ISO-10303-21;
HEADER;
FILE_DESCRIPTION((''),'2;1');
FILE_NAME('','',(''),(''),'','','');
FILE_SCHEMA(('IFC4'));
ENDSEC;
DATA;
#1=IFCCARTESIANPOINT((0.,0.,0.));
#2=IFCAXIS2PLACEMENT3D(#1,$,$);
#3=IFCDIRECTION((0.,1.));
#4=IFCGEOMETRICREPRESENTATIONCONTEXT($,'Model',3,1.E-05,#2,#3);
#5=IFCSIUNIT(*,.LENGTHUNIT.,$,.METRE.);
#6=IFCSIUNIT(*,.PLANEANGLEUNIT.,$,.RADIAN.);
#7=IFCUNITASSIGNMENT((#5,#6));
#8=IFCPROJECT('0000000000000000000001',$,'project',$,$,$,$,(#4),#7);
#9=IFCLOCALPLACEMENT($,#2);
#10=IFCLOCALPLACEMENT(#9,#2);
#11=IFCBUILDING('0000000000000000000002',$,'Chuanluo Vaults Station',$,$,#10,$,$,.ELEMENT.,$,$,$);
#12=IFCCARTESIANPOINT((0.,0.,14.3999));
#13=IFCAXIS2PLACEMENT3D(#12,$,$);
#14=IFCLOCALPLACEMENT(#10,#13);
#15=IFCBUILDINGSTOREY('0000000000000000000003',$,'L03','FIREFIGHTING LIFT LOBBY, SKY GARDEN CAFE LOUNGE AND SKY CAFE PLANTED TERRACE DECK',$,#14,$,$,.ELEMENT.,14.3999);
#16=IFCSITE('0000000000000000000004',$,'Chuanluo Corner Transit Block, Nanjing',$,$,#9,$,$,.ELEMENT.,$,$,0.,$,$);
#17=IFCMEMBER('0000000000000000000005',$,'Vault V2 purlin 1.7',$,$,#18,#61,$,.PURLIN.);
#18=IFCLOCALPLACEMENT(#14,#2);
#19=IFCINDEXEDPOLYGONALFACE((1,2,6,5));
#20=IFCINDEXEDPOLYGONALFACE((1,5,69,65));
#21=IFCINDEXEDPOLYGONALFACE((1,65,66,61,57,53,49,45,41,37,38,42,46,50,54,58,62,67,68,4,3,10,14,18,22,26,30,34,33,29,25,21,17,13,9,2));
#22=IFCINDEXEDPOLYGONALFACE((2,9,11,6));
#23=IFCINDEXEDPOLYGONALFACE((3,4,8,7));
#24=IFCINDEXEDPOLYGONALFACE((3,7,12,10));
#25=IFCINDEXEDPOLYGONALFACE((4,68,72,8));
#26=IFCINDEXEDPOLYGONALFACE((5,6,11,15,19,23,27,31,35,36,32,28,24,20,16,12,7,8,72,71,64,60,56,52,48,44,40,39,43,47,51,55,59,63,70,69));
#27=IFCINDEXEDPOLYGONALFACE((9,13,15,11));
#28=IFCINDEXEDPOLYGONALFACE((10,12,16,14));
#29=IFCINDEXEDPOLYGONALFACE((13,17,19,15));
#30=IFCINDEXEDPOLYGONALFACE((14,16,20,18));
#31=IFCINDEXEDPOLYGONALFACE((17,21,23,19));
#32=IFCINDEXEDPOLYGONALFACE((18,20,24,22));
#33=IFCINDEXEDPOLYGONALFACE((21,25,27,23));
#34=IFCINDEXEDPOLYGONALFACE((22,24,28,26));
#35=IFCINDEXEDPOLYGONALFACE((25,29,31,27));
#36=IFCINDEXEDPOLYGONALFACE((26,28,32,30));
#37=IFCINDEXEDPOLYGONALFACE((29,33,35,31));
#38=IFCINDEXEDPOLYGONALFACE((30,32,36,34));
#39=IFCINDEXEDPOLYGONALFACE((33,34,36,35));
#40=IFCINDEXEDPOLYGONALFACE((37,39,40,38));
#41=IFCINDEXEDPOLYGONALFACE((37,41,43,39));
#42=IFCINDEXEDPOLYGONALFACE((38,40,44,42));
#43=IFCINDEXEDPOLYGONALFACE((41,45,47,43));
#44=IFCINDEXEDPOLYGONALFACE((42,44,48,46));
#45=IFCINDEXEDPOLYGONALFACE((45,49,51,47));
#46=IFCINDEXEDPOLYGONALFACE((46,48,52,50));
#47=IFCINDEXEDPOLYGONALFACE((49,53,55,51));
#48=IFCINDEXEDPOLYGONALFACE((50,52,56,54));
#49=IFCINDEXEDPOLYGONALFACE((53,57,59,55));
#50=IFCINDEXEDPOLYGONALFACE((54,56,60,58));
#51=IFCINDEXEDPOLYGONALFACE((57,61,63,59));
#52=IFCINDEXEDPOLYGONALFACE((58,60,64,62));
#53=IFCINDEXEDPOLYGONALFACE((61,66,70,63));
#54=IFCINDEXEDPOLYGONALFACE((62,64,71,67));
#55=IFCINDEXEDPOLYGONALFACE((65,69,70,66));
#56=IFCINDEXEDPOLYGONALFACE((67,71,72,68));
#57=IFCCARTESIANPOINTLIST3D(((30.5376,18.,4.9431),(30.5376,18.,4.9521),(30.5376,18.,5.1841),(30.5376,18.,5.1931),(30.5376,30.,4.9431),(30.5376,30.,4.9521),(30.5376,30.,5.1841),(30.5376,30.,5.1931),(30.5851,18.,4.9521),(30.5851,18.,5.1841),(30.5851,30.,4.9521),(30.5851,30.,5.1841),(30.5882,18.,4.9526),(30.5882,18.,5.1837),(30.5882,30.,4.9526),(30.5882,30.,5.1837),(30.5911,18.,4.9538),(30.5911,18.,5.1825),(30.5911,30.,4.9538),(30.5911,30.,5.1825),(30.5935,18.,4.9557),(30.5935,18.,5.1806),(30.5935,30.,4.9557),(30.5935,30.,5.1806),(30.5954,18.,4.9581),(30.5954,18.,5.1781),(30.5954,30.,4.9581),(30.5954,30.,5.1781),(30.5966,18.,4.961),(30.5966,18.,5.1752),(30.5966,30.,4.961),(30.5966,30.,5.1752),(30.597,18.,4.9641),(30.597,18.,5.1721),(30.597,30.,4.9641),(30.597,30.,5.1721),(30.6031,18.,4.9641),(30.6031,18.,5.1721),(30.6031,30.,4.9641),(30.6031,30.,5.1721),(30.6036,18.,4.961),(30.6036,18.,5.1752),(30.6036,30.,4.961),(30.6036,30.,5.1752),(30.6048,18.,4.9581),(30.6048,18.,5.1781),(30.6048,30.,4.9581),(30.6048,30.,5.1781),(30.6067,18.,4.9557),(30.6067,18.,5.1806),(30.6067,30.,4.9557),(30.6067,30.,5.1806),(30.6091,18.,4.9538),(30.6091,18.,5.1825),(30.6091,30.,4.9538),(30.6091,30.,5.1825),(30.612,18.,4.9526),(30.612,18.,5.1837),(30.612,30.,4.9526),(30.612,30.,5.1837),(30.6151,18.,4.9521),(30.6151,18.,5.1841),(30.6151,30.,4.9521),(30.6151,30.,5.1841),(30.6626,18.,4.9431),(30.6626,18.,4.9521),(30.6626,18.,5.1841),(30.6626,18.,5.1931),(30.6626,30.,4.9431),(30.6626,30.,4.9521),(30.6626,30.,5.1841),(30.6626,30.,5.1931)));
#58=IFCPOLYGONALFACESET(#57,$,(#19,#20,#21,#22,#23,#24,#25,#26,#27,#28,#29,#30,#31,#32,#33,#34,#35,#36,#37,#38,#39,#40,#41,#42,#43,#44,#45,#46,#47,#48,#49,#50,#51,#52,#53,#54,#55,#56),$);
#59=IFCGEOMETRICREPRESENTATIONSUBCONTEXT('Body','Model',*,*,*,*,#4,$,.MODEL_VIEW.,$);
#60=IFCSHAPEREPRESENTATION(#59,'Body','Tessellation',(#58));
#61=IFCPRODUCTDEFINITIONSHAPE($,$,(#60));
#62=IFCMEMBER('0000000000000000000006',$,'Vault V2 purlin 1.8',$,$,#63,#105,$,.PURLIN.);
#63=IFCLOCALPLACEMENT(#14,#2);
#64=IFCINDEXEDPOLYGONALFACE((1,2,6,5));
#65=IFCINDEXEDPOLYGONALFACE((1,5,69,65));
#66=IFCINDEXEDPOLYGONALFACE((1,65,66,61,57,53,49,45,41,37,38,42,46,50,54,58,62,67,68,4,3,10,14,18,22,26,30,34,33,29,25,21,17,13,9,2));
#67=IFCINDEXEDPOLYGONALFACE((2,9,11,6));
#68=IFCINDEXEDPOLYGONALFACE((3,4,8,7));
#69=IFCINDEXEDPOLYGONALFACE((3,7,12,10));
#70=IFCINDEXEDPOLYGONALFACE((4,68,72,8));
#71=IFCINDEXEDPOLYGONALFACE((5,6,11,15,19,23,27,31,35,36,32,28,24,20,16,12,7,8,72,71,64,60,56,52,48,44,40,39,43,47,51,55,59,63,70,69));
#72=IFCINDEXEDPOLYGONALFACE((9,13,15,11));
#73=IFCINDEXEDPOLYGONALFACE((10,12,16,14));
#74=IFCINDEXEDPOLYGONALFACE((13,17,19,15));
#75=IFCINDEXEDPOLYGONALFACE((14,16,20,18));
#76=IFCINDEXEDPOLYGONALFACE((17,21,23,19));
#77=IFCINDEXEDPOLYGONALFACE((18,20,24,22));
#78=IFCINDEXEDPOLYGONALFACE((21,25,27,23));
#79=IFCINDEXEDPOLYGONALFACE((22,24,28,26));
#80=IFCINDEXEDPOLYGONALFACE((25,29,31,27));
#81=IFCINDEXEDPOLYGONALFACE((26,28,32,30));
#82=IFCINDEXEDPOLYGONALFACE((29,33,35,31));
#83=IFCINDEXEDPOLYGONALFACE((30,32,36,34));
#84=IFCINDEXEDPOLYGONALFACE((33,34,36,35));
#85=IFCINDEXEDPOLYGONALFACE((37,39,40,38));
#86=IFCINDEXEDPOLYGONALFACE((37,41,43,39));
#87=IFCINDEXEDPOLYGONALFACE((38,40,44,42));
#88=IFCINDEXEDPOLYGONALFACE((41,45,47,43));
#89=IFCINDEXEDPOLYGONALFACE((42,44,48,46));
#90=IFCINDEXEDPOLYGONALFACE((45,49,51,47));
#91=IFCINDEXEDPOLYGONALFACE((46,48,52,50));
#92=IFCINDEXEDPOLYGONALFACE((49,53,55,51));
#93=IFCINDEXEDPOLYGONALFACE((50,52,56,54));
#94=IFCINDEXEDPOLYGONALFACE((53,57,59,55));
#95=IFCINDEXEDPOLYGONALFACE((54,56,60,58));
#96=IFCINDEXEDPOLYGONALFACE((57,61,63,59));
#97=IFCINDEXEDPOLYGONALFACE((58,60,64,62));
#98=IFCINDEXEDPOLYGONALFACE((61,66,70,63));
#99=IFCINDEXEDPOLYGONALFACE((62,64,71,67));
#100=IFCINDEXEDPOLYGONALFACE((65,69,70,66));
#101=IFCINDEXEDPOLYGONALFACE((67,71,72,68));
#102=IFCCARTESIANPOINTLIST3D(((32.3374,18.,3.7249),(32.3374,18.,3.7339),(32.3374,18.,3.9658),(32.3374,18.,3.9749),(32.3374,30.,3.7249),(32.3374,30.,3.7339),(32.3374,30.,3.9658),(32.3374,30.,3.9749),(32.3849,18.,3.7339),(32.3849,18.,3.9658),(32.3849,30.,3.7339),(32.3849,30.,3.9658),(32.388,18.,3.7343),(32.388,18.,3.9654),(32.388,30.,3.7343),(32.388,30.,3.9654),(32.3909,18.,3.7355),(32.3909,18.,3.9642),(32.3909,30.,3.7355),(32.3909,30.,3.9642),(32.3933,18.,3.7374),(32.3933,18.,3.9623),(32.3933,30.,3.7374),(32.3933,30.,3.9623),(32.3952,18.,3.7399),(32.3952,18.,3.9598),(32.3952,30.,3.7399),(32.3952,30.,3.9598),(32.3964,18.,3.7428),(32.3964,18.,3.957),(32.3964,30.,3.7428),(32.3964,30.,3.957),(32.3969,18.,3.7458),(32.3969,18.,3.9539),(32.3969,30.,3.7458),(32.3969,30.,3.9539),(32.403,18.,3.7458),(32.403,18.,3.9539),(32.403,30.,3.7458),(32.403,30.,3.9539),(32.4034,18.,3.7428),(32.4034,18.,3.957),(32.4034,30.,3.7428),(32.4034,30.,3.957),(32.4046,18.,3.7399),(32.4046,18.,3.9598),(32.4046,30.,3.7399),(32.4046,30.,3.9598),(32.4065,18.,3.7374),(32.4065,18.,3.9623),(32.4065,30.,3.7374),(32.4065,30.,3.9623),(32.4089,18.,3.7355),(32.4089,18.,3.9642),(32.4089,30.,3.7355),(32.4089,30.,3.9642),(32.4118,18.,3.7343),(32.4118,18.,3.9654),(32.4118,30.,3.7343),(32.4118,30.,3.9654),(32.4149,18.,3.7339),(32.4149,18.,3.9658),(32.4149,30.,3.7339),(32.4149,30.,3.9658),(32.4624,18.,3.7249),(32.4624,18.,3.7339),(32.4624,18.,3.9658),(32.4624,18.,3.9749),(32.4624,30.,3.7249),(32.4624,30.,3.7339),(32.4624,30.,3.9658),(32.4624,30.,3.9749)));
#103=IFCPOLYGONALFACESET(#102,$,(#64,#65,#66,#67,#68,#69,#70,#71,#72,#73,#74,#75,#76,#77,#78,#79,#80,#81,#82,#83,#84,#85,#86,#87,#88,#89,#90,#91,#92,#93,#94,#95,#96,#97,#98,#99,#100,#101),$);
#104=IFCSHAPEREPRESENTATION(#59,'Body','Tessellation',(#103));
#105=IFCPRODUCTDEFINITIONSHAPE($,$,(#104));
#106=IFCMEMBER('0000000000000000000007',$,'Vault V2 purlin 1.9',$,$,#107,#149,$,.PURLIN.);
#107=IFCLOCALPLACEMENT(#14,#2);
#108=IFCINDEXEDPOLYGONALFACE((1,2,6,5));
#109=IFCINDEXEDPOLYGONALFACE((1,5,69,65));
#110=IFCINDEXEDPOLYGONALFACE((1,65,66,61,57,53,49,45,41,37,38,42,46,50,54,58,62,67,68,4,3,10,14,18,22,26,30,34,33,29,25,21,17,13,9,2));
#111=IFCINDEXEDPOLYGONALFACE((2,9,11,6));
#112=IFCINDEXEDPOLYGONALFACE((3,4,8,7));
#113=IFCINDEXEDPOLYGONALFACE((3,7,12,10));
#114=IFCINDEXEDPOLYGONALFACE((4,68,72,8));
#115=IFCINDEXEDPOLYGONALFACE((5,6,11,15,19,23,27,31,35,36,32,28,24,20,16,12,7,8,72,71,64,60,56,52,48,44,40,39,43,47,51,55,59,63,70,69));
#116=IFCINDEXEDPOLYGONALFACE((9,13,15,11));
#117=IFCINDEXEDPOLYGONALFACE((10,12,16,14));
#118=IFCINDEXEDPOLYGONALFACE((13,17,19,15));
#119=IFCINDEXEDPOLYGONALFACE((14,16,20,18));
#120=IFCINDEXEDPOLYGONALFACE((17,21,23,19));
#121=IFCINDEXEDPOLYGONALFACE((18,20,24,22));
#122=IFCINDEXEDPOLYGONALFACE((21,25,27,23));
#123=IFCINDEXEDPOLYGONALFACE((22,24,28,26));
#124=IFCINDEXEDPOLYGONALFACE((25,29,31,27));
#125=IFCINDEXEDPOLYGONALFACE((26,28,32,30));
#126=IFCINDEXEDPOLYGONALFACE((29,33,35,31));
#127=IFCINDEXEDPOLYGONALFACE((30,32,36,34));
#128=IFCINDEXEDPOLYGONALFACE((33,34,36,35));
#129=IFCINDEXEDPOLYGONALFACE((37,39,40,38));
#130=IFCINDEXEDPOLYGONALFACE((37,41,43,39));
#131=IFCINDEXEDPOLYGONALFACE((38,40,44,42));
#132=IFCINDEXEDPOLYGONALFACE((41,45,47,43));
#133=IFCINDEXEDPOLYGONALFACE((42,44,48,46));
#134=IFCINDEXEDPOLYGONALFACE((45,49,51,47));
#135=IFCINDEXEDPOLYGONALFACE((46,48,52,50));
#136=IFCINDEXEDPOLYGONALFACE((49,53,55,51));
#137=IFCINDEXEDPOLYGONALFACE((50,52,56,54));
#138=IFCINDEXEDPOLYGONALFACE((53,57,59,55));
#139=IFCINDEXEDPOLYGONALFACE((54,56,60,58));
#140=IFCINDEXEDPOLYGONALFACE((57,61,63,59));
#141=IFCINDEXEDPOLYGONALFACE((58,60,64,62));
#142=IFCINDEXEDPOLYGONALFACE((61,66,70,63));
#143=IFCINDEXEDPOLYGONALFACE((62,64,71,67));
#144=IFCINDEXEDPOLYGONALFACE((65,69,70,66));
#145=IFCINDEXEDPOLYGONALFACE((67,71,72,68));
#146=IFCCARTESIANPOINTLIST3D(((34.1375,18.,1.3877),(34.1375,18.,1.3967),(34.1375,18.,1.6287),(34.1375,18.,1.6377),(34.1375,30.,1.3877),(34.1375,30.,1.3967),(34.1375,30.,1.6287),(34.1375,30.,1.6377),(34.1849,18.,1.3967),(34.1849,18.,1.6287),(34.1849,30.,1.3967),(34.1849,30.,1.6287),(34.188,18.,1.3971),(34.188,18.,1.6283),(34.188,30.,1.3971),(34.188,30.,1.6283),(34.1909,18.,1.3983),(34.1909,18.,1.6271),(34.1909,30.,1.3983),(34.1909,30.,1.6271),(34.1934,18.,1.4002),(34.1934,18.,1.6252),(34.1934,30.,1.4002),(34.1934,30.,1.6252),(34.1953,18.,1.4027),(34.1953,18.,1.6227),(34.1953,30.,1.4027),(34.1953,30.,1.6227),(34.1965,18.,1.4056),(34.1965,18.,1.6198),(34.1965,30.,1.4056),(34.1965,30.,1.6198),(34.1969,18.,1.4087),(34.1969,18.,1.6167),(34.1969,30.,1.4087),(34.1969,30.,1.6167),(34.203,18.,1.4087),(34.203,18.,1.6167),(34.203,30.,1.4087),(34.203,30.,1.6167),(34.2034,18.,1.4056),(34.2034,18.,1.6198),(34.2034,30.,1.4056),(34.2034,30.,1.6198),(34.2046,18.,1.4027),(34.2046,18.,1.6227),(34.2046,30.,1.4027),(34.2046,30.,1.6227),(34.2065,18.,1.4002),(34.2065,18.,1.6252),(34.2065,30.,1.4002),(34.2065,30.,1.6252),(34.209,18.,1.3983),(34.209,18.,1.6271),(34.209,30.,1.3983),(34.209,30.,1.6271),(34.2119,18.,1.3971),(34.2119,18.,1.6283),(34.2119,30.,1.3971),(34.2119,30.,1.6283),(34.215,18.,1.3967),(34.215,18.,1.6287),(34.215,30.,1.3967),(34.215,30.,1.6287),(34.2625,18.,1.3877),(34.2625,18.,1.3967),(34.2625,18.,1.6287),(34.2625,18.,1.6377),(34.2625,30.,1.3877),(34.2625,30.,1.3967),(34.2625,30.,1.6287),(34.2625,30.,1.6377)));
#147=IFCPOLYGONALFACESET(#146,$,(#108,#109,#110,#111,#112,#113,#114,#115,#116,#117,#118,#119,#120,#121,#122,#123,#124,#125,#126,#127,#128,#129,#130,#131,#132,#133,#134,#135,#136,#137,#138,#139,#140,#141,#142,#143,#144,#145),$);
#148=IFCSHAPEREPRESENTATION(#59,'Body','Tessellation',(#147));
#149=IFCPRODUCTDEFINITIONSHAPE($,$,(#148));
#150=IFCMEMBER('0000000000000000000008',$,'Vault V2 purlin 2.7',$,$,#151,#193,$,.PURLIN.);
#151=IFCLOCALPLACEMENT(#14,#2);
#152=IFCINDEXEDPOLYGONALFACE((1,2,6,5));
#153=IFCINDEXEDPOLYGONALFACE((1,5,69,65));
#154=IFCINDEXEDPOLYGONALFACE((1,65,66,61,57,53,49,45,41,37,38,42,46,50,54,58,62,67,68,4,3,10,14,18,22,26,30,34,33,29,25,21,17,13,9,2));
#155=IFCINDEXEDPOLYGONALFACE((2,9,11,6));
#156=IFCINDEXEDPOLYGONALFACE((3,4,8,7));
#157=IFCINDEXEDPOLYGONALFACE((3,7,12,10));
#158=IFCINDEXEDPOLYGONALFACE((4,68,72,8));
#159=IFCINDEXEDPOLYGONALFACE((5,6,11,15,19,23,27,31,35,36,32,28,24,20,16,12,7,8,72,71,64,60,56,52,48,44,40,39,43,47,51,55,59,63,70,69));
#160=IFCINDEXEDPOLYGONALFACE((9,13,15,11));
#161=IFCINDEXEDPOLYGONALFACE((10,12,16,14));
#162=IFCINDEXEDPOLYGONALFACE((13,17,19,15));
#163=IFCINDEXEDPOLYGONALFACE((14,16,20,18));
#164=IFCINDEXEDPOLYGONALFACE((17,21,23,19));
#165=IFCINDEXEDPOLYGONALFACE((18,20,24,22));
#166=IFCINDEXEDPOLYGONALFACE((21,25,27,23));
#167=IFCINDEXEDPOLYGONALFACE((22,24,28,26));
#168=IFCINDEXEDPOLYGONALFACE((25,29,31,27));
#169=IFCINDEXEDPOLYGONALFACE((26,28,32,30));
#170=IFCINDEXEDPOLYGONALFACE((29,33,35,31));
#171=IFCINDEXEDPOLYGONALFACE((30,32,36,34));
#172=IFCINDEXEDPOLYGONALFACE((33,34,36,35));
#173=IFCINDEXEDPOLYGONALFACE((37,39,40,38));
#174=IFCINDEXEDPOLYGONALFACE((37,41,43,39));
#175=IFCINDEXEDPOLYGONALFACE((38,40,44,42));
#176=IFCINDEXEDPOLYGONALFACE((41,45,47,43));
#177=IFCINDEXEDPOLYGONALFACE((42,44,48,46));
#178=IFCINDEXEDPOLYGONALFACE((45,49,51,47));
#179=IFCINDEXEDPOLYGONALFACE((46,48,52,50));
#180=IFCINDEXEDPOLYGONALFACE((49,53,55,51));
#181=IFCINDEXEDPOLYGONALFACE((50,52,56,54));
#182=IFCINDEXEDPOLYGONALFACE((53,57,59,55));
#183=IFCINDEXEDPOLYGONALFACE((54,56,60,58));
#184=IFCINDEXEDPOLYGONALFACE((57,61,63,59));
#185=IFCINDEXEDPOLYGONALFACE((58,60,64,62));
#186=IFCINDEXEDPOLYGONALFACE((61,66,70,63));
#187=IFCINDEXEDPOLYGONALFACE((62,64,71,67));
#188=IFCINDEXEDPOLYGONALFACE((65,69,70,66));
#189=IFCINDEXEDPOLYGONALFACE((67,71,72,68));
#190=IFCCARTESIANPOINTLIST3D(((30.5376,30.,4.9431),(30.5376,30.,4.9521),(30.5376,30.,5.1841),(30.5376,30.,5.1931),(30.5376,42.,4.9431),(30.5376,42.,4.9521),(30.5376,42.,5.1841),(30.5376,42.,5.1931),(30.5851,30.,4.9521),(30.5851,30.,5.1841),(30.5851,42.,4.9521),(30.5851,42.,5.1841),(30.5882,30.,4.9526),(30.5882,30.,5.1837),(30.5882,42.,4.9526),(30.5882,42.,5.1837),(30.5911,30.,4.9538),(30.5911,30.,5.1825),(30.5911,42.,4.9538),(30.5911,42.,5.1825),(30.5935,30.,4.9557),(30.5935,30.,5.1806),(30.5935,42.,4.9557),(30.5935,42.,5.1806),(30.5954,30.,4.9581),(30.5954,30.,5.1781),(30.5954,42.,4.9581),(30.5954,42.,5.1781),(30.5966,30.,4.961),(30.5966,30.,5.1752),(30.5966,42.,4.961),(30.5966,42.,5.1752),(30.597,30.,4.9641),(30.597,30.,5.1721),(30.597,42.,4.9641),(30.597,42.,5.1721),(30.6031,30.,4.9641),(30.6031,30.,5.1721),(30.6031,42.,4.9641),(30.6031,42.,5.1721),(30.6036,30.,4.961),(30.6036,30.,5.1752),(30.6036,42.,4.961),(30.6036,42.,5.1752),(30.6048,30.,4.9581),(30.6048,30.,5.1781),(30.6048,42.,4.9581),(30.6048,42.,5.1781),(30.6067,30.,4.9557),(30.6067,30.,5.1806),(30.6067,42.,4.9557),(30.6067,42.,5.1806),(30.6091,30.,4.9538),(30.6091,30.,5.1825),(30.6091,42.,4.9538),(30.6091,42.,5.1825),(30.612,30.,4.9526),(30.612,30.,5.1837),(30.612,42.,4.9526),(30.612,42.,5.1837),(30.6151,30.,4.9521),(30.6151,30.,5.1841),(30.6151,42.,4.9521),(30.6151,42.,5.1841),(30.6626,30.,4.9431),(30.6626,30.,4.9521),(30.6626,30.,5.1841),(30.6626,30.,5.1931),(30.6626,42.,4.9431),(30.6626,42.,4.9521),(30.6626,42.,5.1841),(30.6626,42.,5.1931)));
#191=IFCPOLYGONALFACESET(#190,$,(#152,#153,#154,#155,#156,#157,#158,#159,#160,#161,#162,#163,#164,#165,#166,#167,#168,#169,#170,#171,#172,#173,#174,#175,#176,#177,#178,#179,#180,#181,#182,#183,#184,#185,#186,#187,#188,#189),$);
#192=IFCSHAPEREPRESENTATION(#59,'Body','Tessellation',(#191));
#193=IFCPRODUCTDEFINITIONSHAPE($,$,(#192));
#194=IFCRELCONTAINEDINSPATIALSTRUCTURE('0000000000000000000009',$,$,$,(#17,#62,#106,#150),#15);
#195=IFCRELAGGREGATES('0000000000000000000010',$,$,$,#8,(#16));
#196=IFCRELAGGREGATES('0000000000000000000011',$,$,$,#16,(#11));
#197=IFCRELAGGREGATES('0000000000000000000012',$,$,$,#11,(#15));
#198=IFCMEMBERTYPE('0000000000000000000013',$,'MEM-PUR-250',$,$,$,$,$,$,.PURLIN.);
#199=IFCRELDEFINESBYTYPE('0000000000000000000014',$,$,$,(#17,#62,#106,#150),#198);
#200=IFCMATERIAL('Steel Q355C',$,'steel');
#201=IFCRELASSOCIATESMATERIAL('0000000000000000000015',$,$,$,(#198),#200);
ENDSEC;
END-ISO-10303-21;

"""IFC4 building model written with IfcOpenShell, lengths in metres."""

from ifc_helpers import new_model, si_unit, direction, frame, origin, origin_2d, place, context, subcontext, project, spatial, i_section, extrude, material, material_profile, profile_set, type_object, element, save


model = new_model("IFC4")

# Units and contexts
model_context = context("Model", 3, precision=1e-05, world=origin(), true_north=direction((0.0, 1.0)))
body_context = subcontext(model_context, "Body", "Model", "MODEL_VIEW")
ifc_project = project(units=[si_unit("LENGTHUNIT", "METRE"), si_unit("PLANEANGLEUNIT", "RADIAN")], contexts=[model_context])

# Site, building, storey
site_placement = place(None, origin())
site = spatial("IfcSite", under=ifc_project, at=site_placement, Name="Chuanluo Corner Transit Block, Nanjing", CompositionType="ELEMENT", RefElevation=0.0)
building_placement = place(site_placement, origin())
building = spatial("IfcBuilding", under=site, at=building_placement, Name="Chuanluo Vaults Station", CompositionType="ELEMENT")
storey_placement = place(building_placement, frame((0.0, 0.0, 14.3999)))
storey = spatial("IfcBuildingStorey", under=building, at=storey_placement, Name="L03", Description="FIREFIGHTING LIFT LOBBY, SKY GARDEN CAFE LOUNGE AND SKY CAFE PLANTED TERRACE DECK", CompositionType="ELEMENT", Elevation=14.3999)

# Members
ifc_material_1 = material(Name="Steel Q355C", Category="steel")
ifc_material_profile_1 = material_profile(ifc_material_1, i_section(OverallWidth=0.125, OverallDepth=0.25, WebThickness=0.0061, FlangeThickness=0.009, FilletRadius=0.012, at=origin_2d()))
ifc_profile_set_1 = profile_set([ifc_material_profile_1], Name="Steel Q355C")
member_type_1 = type_object("IfcMemberType", Name="MEM-PUR-250", PredefinedType="PURLIN", material=ifc_profile_set_1)
for number, where, z_axis, x_axis, name in (
    (1, (30.6001, 18.0, 5.0681), (0.0, 1.0, 0.0), (-1.0, 0.0, 0.0), "Vault V2 purlin 1.7"),
    (2, (32.3999, 18.0, 3.8499), (0.0, 1.0, 0.0), (-1.0, 0.0, 0.0), "Vault V2 purlin 1.8"),
    (3, (34.2, 18.0, 1.5127), (0.0, 1.0, 0.0), (-1.0, 0.0, 0.0), "Vault V2 purlin 1.9"),
    (4, (30.6001, 30.0, 5.0681), (0.0, 1.0, 0.0), (-1.0, 0.0, 0.0), "Vault V2 purlin 2.7"),
):
    element("IfcMember", number, at=place(storey_placement, frame(where, z_axis=z_axis, x_axis=x_axis)), inside=storey, type_object=member_type_1, Name=name, PredefinedType="PURLIN", context=body_context, shape_type="SweptSolid", body=[
        extrude(i_section(OverallWidth=0.125, OverallDepth=0.25, WebThickness=0.0061, FlangeThickness=0.009, FilletRadius=0.012, at=origin_2d()), origin(), (0.0, 0.0, 1.0), 12.0),
    ])

save(model, "model.ifc")
